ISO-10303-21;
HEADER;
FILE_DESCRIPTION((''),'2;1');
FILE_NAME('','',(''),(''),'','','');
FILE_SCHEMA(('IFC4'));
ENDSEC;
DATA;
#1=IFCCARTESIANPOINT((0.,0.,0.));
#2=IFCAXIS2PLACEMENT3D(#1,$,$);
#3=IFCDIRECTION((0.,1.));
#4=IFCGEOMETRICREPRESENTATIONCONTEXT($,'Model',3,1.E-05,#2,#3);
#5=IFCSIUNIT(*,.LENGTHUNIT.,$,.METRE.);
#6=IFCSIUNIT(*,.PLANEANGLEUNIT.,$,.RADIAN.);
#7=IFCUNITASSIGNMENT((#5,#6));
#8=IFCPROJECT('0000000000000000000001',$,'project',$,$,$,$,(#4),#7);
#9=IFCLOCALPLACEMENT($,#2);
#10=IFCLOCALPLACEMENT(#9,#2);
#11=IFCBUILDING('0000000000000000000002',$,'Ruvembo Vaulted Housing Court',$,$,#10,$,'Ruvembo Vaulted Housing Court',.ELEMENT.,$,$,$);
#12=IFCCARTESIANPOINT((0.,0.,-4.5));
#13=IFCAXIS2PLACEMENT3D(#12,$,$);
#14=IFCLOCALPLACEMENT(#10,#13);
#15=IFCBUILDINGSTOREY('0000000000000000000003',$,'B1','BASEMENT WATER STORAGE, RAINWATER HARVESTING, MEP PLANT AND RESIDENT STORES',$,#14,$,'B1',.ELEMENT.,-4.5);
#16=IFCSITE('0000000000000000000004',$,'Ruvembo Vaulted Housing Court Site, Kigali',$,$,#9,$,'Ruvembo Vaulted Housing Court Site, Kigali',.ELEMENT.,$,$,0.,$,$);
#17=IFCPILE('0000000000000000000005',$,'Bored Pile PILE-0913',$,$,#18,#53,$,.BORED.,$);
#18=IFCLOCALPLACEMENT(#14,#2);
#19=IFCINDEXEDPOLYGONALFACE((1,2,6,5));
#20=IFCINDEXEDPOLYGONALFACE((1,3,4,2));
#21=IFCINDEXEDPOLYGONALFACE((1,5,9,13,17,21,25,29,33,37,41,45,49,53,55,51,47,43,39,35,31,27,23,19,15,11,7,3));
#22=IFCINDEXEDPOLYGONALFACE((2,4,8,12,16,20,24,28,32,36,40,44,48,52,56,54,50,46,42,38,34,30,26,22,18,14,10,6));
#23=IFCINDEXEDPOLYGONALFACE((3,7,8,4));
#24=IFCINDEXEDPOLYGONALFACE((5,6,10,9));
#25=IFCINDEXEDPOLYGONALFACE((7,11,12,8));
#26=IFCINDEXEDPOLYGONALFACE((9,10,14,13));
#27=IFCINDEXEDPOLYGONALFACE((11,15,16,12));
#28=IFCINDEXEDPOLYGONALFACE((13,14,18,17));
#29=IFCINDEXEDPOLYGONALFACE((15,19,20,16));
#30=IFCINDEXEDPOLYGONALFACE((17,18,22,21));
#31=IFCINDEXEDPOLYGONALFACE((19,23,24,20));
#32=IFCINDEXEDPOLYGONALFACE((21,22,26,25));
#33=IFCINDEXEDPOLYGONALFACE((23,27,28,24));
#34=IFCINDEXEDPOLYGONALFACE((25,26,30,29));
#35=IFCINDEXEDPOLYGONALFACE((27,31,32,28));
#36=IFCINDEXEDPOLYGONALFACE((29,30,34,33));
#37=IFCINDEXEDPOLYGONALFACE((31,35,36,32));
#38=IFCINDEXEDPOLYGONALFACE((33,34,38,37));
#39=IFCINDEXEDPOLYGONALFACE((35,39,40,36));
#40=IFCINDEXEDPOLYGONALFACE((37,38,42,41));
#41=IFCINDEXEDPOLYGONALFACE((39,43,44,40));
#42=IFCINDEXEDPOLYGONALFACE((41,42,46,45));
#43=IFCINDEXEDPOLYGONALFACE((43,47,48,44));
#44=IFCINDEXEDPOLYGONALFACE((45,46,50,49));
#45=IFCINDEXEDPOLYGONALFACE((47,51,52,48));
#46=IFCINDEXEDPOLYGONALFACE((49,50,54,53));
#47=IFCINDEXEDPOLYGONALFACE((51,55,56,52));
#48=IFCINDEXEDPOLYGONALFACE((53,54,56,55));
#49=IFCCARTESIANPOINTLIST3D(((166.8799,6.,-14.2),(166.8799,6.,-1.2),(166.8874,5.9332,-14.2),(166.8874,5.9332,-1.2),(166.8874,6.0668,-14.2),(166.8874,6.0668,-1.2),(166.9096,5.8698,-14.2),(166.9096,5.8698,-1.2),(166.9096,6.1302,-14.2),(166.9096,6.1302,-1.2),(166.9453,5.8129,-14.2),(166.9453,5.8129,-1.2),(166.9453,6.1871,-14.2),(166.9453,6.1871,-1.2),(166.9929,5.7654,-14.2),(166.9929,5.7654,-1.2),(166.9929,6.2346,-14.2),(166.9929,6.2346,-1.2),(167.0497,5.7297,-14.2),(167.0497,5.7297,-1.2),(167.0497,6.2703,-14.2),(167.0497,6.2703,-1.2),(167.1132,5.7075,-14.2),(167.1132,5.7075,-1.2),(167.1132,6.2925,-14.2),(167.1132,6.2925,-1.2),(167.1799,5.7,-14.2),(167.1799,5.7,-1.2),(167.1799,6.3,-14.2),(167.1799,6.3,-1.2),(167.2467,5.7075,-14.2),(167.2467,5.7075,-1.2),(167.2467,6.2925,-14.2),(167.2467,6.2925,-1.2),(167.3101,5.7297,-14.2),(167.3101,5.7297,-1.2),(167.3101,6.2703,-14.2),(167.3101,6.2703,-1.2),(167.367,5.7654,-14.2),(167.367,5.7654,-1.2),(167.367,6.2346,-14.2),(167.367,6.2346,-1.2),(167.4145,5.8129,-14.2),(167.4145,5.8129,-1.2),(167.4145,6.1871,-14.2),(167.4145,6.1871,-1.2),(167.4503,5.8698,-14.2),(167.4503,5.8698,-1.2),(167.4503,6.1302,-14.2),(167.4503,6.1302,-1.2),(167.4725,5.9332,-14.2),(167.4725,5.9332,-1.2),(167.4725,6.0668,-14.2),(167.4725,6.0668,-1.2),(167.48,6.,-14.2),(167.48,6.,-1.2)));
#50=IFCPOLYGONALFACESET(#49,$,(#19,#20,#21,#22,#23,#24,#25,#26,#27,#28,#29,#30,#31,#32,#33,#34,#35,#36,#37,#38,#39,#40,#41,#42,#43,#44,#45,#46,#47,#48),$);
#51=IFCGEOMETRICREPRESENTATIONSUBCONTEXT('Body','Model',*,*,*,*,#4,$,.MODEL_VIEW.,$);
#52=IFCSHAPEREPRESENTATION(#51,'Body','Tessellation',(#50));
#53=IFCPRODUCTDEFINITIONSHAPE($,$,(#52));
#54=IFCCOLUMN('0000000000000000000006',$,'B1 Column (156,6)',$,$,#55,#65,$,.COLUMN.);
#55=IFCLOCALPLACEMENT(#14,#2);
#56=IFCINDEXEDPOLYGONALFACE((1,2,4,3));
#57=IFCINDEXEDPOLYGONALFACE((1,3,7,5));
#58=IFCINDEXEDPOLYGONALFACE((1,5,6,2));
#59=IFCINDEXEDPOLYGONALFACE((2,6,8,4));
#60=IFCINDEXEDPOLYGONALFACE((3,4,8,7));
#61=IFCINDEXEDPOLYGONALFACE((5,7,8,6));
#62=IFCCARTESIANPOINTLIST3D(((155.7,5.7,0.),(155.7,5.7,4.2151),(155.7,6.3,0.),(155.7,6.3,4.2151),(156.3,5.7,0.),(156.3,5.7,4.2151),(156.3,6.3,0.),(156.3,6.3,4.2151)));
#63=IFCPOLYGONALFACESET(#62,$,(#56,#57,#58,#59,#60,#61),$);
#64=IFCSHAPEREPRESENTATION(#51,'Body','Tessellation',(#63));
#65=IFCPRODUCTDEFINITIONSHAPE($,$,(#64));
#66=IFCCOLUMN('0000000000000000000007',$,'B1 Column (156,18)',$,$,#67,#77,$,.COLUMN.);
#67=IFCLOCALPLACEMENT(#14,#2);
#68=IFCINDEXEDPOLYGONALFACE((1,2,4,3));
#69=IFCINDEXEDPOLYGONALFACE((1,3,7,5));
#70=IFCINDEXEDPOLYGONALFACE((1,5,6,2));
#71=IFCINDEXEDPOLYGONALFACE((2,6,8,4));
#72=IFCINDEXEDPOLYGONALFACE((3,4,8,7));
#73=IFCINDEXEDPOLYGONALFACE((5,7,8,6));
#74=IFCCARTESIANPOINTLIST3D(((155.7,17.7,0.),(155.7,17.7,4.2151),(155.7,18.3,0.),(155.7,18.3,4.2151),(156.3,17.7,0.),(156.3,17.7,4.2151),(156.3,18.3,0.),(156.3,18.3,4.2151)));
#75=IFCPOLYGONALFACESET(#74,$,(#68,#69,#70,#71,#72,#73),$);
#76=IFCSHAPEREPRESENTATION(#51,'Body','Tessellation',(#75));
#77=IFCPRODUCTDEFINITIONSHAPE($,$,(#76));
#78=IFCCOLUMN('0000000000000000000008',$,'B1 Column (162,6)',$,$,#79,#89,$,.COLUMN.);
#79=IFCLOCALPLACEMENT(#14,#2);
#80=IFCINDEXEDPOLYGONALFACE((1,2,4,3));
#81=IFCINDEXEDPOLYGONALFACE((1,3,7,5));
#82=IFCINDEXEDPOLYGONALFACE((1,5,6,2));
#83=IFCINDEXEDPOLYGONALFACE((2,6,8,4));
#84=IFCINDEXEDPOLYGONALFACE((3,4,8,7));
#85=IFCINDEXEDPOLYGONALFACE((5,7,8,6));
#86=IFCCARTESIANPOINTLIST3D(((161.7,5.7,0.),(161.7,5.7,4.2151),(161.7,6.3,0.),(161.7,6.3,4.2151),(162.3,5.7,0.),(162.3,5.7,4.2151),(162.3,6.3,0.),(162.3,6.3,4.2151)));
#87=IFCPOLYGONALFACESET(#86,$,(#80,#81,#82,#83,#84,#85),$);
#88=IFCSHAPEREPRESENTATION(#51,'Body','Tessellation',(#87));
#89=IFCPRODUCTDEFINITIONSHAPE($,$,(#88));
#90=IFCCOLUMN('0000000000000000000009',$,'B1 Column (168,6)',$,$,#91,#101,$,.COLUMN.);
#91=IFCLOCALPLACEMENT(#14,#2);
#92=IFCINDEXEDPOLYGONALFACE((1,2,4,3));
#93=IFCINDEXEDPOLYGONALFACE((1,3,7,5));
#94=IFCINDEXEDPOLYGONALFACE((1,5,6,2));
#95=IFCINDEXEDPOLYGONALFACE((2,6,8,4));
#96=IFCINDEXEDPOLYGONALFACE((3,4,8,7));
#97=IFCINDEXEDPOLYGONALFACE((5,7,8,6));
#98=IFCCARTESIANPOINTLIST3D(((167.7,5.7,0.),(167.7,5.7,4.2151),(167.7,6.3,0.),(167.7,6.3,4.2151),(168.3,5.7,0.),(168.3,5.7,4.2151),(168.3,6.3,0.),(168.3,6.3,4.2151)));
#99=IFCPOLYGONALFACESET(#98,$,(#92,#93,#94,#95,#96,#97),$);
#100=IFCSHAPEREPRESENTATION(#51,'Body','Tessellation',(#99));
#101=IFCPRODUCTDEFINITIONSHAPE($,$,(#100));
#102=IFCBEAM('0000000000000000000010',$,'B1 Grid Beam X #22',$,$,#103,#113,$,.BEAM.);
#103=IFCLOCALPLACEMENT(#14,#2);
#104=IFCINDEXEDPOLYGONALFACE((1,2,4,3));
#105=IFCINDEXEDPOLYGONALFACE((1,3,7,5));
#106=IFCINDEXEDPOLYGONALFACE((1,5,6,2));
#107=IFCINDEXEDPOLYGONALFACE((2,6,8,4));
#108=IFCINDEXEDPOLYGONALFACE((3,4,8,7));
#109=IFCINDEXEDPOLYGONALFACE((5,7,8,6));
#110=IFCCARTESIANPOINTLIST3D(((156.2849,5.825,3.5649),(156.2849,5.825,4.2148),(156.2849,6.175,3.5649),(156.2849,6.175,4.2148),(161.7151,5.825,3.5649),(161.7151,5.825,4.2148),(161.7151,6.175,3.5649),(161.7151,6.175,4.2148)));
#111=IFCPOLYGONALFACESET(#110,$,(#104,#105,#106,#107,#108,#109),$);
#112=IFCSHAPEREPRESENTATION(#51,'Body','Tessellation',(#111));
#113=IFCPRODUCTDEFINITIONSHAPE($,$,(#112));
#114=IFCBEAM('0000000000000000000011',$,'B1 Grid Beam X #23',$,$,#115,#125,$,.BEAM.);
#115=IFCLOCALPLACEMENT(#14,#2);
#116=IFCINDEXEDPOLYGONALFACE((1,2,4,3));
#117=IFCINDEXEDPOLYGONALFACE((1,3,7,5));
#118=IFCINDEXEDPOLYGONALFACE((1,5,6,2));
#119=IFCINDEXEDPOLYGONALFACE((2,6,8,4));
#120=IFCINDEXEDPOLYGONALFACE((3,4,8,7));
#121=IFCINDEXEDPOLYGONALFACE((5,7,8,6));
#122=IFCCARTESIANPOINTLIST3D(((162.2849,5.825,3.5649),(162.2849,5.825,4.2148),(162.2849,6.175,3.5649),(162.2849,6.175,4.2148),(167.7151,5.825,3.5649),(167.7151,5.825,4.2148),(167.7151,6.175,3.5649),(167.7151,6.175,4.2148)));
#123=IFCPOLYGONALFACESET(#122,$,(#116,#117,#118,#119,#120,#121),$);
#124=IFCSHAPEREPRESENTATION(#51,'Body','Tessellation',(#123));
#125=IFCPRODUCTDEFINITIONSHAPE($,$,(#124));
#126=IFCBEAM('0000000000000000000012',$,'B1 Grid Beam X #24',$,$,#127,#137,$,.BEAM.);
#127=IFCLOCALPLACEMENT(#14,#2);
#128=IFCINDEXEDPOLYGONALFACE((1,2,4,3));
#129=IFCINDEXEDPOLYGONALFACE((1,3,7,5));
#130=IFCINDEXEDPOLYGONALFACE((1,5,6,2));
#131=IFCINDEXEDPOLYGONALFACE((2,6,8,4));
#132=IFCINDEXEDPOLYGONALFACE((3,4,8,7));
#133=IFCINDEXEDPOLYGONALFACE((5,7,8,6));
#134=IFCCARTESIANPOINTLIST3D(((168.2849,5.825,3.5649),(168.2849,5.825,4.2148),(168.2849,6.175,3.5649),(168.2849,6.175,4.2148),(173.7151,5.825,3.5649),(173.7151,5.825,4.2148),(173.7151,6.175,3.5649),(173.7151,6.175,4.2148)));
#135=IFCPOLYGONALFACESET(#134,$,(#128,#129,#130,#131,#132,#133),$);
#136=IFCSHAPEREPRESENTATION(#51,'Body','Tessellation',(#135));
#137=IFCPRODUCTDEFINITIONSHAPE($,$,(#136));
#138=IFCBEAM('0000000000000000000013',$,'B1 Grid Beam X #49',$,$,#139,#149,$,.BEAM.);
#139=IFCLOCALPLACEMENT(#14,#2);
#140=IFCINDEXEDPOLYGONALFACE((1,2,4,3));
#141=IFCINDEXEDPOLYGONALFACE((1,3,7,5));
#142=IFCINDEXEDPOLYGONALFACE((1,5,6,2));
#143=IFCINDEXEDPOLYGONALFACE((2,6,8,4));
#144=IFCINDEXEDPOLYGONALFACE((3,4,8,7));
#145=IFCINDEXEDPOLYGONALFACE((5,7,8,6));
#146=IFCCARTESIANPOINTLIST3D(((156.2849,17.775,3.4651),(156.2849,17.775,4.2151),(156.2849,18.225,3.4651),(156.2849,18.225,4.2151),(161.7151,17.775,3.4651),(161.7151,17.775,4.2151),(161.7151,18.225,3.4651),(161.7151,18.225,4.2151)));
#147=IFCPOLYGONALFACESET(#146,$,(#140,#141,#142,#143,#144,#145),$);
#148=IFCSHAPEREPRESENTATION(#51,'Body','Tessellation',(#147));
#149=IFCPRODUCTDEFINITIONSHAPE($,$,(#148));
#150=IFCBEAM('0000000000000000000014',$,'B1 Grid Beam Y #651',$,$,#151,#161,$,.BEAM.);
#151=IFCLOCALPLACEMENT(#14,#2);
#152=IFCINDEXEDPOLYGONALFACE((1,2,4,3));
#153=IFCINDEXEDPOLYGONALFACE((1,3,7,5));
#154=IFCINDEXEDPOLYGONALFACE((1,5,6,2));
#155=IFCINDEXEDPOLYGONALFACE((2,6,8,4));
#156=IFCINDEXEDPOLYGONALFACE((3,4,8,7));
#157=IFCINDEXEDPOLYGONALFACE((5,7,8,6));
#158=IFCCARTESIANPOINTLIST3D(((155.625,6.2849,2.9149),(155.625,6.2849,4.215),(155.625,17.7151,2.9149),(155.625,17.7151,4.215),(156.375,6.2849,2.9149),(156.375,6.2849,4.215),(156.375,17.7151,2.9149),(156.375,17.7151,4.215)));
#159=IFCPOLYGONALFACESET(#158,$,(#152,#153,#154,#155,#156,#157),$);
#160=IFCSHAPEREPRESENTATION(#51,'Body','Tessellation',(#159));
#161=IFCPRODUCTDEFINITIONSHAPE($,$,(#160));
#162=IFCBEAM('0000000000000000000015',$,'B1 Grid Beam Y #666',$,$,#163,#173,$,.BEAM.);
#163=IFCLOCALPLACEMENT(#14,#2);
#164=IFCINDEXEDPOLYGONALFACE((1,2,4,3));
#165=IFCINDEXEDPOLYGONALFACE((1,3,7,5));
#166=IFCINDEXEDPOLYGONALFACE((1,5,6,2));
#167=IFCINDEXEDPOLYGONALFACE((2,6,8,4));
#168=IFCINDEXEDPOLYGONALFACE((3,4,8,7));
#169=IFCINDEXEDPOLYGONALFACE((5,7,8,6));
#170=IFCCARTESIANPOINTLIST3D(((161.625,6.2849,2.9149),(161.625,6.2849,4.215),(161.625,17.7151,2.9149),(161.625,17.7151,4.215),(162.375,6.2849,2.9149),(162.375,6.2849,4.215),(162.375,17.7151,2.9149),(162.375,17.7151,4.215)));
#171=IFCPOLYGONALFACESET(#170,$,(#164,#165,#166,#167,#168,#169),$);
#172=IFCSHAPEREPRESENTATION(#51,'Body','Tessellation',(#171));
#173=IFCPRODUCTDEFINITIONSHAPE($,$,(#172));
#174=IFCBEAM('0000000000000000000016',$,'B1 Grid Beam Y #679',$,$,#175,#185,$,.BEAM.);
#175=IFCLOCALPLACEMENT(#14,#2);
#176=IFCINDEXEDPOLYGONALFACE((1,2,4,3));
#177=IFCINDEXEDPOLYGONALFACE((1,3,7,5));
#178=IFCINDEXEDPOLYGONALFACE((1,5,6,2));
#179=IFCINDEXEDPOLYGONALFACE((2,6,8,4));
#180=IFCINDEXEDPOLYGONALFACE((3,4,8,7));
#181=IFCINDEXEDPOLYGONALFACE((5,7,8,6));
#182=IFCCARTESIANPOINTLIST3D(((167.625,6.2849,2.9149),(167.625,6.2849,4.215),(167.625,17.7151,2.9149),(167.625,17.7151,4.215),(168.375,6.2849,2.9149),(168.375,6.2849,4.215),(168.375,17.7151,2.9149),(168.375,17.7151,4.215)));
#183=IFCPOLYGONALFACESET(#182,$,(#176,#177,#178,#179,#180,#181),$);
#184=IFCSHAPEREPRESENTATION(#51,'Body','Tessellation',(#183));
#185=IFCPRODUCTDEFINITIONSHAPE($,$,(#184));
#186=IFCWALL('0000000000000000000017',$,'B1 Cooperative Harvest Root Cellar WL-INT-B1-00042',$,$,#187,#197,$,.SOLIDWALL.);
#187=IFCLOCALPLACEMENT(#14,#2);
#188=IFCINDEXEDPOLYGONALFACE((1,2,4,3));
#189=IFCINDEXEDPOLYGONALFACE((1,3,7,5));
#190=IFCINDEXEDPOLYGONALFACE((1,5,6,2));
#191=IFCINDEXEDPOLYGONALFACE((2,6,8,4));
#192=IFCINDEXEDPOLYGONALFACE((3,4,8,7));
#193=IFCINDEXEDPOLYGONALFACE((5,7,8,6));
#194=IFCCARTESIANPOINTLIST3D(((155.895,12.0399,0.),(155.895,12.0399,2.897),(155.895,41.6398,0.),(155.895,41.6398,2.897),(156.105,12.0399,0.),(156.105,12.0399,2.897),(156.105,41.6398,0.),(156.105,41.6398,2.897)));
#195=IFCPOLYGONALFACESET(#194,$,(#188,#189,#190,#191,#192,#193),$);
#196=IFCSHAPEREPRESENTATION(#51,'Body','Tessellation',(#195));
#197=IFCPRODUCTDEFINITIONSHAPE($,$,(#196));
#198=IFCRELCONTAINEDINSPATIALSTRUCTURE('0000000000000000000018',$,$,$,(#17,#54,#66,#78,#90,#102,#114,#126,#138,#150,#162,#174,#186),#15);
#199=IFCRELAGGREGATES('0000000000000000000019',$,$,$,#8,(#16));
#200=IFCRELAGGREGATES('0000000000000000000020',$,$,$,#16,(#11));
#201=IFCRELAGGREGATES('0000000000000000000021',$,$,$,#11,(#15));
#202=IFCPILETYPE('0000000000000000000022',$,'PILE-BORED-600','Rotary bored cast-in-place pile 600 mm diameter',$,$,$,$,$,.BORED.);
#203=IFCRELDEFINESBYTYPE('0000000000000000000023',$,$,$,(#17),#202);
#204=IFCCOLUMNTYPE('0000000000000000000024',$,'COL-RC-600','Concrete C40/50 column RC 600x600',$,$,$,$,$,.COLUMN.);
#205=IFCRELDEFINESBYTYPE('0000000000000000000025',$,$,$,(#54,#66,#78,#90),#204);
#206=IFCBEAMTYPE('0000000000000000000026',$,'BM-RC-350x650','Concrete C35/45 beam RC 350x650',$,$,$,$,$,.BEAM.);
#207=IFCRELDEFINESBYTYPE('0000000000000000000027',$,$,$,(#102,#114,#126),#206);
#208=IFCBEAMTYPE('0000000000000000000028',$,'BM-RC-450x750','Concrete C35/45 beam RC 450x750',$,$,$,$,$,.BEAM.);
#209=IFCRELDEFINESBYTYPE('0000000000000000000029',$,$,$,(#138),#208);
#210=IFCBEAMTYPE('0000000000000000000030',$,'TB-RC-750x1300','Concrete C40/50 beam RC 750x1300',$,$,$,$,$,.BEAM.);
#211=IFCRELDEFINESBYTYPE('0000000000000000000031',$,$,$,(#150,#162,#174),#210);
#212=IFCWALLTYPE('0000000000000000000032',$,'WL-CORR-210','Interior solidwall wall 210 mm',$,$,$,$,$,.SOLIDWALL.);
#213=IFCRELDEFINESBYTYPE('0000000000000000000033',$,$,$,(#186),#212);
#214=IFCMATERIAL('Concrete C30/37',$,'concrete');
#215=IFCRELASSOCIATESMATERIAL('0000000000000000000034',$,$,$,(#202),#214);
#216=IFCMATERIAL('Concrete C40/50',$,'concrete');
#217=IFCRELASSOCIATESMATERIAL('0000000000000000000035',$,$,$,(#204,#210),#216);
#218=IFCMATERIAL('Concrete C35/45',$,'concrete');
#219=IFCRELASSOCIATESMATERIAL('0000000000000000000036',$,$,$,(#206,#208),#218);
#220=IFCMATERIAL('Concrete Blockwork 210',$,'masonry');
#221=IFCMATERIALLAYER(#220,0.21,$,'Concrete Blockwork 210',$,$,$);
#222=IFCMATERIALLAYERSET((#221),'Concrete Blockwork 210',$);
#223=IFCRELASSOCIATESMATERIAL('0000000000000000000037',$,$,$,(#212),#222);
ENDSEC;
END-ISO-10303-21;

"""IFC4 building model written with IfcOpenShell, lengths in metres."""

from ifc_helpers import new_model, si_unit, direction, frame, frame_2d, origin, origin_2d, place, context, subcontext, project, spatial, rectangle, circle, extrude, material, layer, layer_set, material_profile, profile_set, type_object, element, save


model = new_model("IFC4")

# Units and contexts
model_context = context("Model", 3, precision=1e-05, world=origin(), true_north=direction((0.0, 1.0)))
body_context = subcontext(model_context, "Body", "Model", "MODEL_VIEW")
ifc_project = project(units=[si_unit("LENGTHUNIT", "METRE"), si_unit("PLANEANGLEUNIT", "RADIAN")], contexts=[model_context])

# Site, building, storey
site_placement = place(None, origin())
site = spatial("IfcSite", under=ifc_project, at=site_placement, Name="Ruvembo Vaulted Housing Court Site, Kigali", LongName="Ruvembo Vaulted Housing Court Site, Kigali", CompositionType="ELEMENT", RefElevation=0.0)
building_placement = place(site_placement, origin())
building = spatial("IfcBuilding", under=site, at=building_placement, Name="Ruvembo Vaulted Housing Court", LongName="Ruvembo Vaulted Housing Court", CompositionType="ELEMENT")
storey_placement = place(building_placement, frame((0.0, 0.0, -4.5)))
storey = spatial("IfcBuildingStorey", under=building, at=storey_placement, Name="B1", Description="BASEMENT WATER STORAGE, RAINWATER HARVESTING, MEP PLANT AND RESIDENT STORES", LongName="B1", CompositionType="ELEMENT", Elevation=-4.5)

# Shared definitions
ifc_material_1 = material(Name="Concrete C35/45", Category="concrete")

# Pile
ifc_material_2 = material(Name="Concrete C30/37", Category="concrete")
ifc_material_profile_1 = material_profile(ifc_material_2, circle(Radius=0.3, at=origin_2d()), Name="PILE D600")
ifc_profile_set_1 = profile_set([ifc_material_profile_1], Name="Concrete C30/37")
pile_type = type_object("IfcPileType", Name="PILE-BORED-600", Description="Rotary bored cast-in-place pile 600 mm diameter", PredefinedType="BORED", material=ifc_profile_set_1)
for number, where, z_axis, x_axis, name in (
    (1, (167.1799, 6.0, -1.2), (0.0, 0.0, -1.0), (1.0, 0.0, 0.0), "Bored Pile PILE-0913"),
):
    element("IfcPile", number, at=place(storey_placement, frame(where, z_axis=z_axis, x_axis=x_axis)), inside=storey, type_object=pile_type, Name=name, PredefinedType="BORED", context=body_context, shape_type="SweptSolid", body=[
        extrude(circle(Radius=0.3, at=origin_2d()), origin(), (0.0, 0.0, 1.0), 13.0),
    ])

# Columns
ifc_material_3 = material(Name="Concrete C40/50", Category="concrete")
ifc_material_profile_2 = material_profile(ifc_material_3, rectangle(XDim=0.6001, YDim=0.6001, at=origin_2d()), Name="RC 600x600")
ifc_profile_set_2 = profile_set([ifc_material_profile_2], Name="Concrete C40/50")
column_type = type_object("IfcColumnType", Name="COL-RC-600", Description="Concrete C40/50 column RC 600x600", PredefinedType="COLUMN", material=ifc_profile_set_2)
for number, where, z_axis, x_axis, name in (
    (2, (156.0, 6.0, 0.0), (0.0, 0.0, 1.0), (1.0, 0.0, 0.0), "B1 Column (156,6)"),
    (3, (156.0, 18.0, 0.0), (0.0, 0.0, 1.0), (1.0, 0.0, 0.0), "B1 Column (156,18)"),
    (4, (162.0, 6.0, 0.0), (0.0, 0.0, 1.0), (1.0, 0.0, 0.0), "B1 Column (162,6)"),
    (5, (168.0, 6.0, 0.0), (0.0, 0.0, 1.0), (1.0, 0.0, 0.0), "B1 Column (168,6)"),
):
    element("IfcColumn", number, at=place(storey_placement, frame(where, z_axis=z_axis, x_axis=x_axis)), inside=storey, type_object=column_type, Name=name, PredefinedType="COLUMN", context=body_context, shape_type="SweptSolid", body=[
        extrude(rectangle(XDim=0.6001, YDim=0.6001, at=origin_2d()), origin(), (0.0, 0.0, 1.0), 4.2151),
    ])

# Beams
ifc_material_profile_3 = material_profile(ifc_material_1, rectangle(XDim=0.3501, YDim=0.6499, at=origin_2d()), Name="RC 350x650")
ifc_profile_set_3 = profile_set([ifc_material_profile_3], Name="Concrete C35/45")
beam_type_1 = type_object("IfcBeamType", Name="BM-RC-350x650", Description="Concrete C35/45 beam RC 350x650", PredefinedType="BEAM", material=ifc_profile_set_3)
for number, where, z_axis, x_axis, name in (
    (6, (156.2849, 6.0, 3.8899), (1.0, 0.0, 0.0), (0.0, 1.0, 0.0), "B1 Grid Beam X #22"),
    (7, (162.2849, 6.0, 3.8899), (1.0, 0.0, 0.0), (0.0, 1.0, 0.0), "B1 Grid Beam X #23"),
    (8, (168.2849, 6.0, 3.8899), (1.0, 0.0, 0.0), (0.0, 1.0, 0.0), "B1 Grid Beam X #24"),
):
    element("IfcBeam", number, at=place(storey_placement, frame(where, z_axis=z_axis, x_axis=x_axis)), inside=storey, type_object=beam_type_1, Name=name, PredefinedType="BEAM", context=body_context, shape_type="SweptSolid", body=[
        extrude(rectangle(XDim=0.3501, YDim=0.6499, at=origin_2d()), origin(), (0.0, 0.0, 1.0), 5.4302),
    ])
ifc_material_profile_4 = material_profile(ifc_material_1, rectangle(XDim=0.45, YDim=0.75, at=origin_2d()), Name="RC 450x750")
ifc_profile_set_4 = profile_set([ifc_material_profile_4], Name="Concrete C35/45")
beam_type_2 = type_object("IfcBeamType", Name="BM-RC-450x750", Description="Concrete C35/45 beam RC 450x750", PredefinedType="BEAM", material=ifc_profile_set_4)
beam_placement = place(storey_placement, frame((156.2849, 18.0, 3.8401), z_axis=(1.0, 0.0, 0.0), x_axis=(0.0, 1.0, 0.0)))
element("IfcBeam", 9, at=beam_placement, inside=storey, type_object=beam_type_2, Name="B1 Grid Beam X #49", PredefinedType="BEAM", context=body_context, shape_type="SweptSolid", body=[
    extrude(rectangle(XDim=0.45, YDim=0.75, at=origin_2d()), origin(), (0.0, 0.0, 1.0), 5.4302),
])
ifc_material_profile_5 = material_profile(ifc_material_3, rectangle(XDim=0.75, YDim=1.3, at=origin_2d()), Name="RC 750x1300")
ifc_profile_set_5 = profile_set([ifc_material_profile_5], Name="Concrete C40/50")
beam_type_3 = type_object("IfcBeamType", Name="TB-RC-750x1300", Description="Concrete C40/50 beam RC 750x1300", PredefinedType="BEAM", material=ifc_profile_set_5)
for number, where, z_axis, x_axis, name in (
    (10, (156.0, 6.2849, 3.5649), (0.0, 1.0, 0.0), (-1.0, 0.0, 0.0), "B1 Grid Beam Y #651"),
    (11, (162.0, 6.2849, 3.5649), (0.0, 1.0, 0.0), (-1.0, 0.0, 0.0), "B1 Grid Beam Y #666"),
    (12, (168.0, 6.2849, 3.5649), (0.0, 1.0, 0.0), (-1.0, 0.0, 0.0), "B1 Grid Beam Y #679"),
):
    element("IfcBeam", number, at=place(storey_placement, frame(where, z_axis=z_axis, x_axis=x_axis)), inside=storey, type_object=beam_type_3, Name=name, PredefinedType="BEAM", context=body_context, shape_type="SweptSolid", body=[
        extrude(rectangle(XDim=0.75, YDim=1.3, at=origin_2d()), origin(), (0.0, 0.0, 1.0), 11.4302),
    ])

# Wall
ifc_material_4 = material(Name="Concrete Blockwork 210", Category="masonry")
ifc_layer = layer(ifc_material_4, 0.21, Name="Concrete Blockwork 210")
ifc_layer_set = layer_set([ifc_layer], Name="Concrete Blockwork 210")
wall_type = type_object("IfcWallType", Name="WL-CORR-210", Description="Interior solidwall wall 210 mm", PredefinedType="SOLIDWALL", material=ifc_layer_set)
wall_placement = place(storey_placement, frame((156.0, 12.04, 0.0), z_axis=(0.0, 0.0, 1.0), x_axis=(0.0, 1.0, 0.0)))
element("IfcWall", 13, at=wall_placement, inside=storey, type_object=wall_type, Name="B1 Cooperative Harvest Root Cellar WL-INT-B1-00042", PredefinedType="SOLIDWALL", context=body_context, shape_type="SweptSolid", body=[
    extrude(rectangle(XDim=29.5999, YDim=0.21, at=frame_2d((14.7998, 0.0))), origin(), (0.0, 0.0, 1.0), 2.897),
])

save(model, "model.ifc")
